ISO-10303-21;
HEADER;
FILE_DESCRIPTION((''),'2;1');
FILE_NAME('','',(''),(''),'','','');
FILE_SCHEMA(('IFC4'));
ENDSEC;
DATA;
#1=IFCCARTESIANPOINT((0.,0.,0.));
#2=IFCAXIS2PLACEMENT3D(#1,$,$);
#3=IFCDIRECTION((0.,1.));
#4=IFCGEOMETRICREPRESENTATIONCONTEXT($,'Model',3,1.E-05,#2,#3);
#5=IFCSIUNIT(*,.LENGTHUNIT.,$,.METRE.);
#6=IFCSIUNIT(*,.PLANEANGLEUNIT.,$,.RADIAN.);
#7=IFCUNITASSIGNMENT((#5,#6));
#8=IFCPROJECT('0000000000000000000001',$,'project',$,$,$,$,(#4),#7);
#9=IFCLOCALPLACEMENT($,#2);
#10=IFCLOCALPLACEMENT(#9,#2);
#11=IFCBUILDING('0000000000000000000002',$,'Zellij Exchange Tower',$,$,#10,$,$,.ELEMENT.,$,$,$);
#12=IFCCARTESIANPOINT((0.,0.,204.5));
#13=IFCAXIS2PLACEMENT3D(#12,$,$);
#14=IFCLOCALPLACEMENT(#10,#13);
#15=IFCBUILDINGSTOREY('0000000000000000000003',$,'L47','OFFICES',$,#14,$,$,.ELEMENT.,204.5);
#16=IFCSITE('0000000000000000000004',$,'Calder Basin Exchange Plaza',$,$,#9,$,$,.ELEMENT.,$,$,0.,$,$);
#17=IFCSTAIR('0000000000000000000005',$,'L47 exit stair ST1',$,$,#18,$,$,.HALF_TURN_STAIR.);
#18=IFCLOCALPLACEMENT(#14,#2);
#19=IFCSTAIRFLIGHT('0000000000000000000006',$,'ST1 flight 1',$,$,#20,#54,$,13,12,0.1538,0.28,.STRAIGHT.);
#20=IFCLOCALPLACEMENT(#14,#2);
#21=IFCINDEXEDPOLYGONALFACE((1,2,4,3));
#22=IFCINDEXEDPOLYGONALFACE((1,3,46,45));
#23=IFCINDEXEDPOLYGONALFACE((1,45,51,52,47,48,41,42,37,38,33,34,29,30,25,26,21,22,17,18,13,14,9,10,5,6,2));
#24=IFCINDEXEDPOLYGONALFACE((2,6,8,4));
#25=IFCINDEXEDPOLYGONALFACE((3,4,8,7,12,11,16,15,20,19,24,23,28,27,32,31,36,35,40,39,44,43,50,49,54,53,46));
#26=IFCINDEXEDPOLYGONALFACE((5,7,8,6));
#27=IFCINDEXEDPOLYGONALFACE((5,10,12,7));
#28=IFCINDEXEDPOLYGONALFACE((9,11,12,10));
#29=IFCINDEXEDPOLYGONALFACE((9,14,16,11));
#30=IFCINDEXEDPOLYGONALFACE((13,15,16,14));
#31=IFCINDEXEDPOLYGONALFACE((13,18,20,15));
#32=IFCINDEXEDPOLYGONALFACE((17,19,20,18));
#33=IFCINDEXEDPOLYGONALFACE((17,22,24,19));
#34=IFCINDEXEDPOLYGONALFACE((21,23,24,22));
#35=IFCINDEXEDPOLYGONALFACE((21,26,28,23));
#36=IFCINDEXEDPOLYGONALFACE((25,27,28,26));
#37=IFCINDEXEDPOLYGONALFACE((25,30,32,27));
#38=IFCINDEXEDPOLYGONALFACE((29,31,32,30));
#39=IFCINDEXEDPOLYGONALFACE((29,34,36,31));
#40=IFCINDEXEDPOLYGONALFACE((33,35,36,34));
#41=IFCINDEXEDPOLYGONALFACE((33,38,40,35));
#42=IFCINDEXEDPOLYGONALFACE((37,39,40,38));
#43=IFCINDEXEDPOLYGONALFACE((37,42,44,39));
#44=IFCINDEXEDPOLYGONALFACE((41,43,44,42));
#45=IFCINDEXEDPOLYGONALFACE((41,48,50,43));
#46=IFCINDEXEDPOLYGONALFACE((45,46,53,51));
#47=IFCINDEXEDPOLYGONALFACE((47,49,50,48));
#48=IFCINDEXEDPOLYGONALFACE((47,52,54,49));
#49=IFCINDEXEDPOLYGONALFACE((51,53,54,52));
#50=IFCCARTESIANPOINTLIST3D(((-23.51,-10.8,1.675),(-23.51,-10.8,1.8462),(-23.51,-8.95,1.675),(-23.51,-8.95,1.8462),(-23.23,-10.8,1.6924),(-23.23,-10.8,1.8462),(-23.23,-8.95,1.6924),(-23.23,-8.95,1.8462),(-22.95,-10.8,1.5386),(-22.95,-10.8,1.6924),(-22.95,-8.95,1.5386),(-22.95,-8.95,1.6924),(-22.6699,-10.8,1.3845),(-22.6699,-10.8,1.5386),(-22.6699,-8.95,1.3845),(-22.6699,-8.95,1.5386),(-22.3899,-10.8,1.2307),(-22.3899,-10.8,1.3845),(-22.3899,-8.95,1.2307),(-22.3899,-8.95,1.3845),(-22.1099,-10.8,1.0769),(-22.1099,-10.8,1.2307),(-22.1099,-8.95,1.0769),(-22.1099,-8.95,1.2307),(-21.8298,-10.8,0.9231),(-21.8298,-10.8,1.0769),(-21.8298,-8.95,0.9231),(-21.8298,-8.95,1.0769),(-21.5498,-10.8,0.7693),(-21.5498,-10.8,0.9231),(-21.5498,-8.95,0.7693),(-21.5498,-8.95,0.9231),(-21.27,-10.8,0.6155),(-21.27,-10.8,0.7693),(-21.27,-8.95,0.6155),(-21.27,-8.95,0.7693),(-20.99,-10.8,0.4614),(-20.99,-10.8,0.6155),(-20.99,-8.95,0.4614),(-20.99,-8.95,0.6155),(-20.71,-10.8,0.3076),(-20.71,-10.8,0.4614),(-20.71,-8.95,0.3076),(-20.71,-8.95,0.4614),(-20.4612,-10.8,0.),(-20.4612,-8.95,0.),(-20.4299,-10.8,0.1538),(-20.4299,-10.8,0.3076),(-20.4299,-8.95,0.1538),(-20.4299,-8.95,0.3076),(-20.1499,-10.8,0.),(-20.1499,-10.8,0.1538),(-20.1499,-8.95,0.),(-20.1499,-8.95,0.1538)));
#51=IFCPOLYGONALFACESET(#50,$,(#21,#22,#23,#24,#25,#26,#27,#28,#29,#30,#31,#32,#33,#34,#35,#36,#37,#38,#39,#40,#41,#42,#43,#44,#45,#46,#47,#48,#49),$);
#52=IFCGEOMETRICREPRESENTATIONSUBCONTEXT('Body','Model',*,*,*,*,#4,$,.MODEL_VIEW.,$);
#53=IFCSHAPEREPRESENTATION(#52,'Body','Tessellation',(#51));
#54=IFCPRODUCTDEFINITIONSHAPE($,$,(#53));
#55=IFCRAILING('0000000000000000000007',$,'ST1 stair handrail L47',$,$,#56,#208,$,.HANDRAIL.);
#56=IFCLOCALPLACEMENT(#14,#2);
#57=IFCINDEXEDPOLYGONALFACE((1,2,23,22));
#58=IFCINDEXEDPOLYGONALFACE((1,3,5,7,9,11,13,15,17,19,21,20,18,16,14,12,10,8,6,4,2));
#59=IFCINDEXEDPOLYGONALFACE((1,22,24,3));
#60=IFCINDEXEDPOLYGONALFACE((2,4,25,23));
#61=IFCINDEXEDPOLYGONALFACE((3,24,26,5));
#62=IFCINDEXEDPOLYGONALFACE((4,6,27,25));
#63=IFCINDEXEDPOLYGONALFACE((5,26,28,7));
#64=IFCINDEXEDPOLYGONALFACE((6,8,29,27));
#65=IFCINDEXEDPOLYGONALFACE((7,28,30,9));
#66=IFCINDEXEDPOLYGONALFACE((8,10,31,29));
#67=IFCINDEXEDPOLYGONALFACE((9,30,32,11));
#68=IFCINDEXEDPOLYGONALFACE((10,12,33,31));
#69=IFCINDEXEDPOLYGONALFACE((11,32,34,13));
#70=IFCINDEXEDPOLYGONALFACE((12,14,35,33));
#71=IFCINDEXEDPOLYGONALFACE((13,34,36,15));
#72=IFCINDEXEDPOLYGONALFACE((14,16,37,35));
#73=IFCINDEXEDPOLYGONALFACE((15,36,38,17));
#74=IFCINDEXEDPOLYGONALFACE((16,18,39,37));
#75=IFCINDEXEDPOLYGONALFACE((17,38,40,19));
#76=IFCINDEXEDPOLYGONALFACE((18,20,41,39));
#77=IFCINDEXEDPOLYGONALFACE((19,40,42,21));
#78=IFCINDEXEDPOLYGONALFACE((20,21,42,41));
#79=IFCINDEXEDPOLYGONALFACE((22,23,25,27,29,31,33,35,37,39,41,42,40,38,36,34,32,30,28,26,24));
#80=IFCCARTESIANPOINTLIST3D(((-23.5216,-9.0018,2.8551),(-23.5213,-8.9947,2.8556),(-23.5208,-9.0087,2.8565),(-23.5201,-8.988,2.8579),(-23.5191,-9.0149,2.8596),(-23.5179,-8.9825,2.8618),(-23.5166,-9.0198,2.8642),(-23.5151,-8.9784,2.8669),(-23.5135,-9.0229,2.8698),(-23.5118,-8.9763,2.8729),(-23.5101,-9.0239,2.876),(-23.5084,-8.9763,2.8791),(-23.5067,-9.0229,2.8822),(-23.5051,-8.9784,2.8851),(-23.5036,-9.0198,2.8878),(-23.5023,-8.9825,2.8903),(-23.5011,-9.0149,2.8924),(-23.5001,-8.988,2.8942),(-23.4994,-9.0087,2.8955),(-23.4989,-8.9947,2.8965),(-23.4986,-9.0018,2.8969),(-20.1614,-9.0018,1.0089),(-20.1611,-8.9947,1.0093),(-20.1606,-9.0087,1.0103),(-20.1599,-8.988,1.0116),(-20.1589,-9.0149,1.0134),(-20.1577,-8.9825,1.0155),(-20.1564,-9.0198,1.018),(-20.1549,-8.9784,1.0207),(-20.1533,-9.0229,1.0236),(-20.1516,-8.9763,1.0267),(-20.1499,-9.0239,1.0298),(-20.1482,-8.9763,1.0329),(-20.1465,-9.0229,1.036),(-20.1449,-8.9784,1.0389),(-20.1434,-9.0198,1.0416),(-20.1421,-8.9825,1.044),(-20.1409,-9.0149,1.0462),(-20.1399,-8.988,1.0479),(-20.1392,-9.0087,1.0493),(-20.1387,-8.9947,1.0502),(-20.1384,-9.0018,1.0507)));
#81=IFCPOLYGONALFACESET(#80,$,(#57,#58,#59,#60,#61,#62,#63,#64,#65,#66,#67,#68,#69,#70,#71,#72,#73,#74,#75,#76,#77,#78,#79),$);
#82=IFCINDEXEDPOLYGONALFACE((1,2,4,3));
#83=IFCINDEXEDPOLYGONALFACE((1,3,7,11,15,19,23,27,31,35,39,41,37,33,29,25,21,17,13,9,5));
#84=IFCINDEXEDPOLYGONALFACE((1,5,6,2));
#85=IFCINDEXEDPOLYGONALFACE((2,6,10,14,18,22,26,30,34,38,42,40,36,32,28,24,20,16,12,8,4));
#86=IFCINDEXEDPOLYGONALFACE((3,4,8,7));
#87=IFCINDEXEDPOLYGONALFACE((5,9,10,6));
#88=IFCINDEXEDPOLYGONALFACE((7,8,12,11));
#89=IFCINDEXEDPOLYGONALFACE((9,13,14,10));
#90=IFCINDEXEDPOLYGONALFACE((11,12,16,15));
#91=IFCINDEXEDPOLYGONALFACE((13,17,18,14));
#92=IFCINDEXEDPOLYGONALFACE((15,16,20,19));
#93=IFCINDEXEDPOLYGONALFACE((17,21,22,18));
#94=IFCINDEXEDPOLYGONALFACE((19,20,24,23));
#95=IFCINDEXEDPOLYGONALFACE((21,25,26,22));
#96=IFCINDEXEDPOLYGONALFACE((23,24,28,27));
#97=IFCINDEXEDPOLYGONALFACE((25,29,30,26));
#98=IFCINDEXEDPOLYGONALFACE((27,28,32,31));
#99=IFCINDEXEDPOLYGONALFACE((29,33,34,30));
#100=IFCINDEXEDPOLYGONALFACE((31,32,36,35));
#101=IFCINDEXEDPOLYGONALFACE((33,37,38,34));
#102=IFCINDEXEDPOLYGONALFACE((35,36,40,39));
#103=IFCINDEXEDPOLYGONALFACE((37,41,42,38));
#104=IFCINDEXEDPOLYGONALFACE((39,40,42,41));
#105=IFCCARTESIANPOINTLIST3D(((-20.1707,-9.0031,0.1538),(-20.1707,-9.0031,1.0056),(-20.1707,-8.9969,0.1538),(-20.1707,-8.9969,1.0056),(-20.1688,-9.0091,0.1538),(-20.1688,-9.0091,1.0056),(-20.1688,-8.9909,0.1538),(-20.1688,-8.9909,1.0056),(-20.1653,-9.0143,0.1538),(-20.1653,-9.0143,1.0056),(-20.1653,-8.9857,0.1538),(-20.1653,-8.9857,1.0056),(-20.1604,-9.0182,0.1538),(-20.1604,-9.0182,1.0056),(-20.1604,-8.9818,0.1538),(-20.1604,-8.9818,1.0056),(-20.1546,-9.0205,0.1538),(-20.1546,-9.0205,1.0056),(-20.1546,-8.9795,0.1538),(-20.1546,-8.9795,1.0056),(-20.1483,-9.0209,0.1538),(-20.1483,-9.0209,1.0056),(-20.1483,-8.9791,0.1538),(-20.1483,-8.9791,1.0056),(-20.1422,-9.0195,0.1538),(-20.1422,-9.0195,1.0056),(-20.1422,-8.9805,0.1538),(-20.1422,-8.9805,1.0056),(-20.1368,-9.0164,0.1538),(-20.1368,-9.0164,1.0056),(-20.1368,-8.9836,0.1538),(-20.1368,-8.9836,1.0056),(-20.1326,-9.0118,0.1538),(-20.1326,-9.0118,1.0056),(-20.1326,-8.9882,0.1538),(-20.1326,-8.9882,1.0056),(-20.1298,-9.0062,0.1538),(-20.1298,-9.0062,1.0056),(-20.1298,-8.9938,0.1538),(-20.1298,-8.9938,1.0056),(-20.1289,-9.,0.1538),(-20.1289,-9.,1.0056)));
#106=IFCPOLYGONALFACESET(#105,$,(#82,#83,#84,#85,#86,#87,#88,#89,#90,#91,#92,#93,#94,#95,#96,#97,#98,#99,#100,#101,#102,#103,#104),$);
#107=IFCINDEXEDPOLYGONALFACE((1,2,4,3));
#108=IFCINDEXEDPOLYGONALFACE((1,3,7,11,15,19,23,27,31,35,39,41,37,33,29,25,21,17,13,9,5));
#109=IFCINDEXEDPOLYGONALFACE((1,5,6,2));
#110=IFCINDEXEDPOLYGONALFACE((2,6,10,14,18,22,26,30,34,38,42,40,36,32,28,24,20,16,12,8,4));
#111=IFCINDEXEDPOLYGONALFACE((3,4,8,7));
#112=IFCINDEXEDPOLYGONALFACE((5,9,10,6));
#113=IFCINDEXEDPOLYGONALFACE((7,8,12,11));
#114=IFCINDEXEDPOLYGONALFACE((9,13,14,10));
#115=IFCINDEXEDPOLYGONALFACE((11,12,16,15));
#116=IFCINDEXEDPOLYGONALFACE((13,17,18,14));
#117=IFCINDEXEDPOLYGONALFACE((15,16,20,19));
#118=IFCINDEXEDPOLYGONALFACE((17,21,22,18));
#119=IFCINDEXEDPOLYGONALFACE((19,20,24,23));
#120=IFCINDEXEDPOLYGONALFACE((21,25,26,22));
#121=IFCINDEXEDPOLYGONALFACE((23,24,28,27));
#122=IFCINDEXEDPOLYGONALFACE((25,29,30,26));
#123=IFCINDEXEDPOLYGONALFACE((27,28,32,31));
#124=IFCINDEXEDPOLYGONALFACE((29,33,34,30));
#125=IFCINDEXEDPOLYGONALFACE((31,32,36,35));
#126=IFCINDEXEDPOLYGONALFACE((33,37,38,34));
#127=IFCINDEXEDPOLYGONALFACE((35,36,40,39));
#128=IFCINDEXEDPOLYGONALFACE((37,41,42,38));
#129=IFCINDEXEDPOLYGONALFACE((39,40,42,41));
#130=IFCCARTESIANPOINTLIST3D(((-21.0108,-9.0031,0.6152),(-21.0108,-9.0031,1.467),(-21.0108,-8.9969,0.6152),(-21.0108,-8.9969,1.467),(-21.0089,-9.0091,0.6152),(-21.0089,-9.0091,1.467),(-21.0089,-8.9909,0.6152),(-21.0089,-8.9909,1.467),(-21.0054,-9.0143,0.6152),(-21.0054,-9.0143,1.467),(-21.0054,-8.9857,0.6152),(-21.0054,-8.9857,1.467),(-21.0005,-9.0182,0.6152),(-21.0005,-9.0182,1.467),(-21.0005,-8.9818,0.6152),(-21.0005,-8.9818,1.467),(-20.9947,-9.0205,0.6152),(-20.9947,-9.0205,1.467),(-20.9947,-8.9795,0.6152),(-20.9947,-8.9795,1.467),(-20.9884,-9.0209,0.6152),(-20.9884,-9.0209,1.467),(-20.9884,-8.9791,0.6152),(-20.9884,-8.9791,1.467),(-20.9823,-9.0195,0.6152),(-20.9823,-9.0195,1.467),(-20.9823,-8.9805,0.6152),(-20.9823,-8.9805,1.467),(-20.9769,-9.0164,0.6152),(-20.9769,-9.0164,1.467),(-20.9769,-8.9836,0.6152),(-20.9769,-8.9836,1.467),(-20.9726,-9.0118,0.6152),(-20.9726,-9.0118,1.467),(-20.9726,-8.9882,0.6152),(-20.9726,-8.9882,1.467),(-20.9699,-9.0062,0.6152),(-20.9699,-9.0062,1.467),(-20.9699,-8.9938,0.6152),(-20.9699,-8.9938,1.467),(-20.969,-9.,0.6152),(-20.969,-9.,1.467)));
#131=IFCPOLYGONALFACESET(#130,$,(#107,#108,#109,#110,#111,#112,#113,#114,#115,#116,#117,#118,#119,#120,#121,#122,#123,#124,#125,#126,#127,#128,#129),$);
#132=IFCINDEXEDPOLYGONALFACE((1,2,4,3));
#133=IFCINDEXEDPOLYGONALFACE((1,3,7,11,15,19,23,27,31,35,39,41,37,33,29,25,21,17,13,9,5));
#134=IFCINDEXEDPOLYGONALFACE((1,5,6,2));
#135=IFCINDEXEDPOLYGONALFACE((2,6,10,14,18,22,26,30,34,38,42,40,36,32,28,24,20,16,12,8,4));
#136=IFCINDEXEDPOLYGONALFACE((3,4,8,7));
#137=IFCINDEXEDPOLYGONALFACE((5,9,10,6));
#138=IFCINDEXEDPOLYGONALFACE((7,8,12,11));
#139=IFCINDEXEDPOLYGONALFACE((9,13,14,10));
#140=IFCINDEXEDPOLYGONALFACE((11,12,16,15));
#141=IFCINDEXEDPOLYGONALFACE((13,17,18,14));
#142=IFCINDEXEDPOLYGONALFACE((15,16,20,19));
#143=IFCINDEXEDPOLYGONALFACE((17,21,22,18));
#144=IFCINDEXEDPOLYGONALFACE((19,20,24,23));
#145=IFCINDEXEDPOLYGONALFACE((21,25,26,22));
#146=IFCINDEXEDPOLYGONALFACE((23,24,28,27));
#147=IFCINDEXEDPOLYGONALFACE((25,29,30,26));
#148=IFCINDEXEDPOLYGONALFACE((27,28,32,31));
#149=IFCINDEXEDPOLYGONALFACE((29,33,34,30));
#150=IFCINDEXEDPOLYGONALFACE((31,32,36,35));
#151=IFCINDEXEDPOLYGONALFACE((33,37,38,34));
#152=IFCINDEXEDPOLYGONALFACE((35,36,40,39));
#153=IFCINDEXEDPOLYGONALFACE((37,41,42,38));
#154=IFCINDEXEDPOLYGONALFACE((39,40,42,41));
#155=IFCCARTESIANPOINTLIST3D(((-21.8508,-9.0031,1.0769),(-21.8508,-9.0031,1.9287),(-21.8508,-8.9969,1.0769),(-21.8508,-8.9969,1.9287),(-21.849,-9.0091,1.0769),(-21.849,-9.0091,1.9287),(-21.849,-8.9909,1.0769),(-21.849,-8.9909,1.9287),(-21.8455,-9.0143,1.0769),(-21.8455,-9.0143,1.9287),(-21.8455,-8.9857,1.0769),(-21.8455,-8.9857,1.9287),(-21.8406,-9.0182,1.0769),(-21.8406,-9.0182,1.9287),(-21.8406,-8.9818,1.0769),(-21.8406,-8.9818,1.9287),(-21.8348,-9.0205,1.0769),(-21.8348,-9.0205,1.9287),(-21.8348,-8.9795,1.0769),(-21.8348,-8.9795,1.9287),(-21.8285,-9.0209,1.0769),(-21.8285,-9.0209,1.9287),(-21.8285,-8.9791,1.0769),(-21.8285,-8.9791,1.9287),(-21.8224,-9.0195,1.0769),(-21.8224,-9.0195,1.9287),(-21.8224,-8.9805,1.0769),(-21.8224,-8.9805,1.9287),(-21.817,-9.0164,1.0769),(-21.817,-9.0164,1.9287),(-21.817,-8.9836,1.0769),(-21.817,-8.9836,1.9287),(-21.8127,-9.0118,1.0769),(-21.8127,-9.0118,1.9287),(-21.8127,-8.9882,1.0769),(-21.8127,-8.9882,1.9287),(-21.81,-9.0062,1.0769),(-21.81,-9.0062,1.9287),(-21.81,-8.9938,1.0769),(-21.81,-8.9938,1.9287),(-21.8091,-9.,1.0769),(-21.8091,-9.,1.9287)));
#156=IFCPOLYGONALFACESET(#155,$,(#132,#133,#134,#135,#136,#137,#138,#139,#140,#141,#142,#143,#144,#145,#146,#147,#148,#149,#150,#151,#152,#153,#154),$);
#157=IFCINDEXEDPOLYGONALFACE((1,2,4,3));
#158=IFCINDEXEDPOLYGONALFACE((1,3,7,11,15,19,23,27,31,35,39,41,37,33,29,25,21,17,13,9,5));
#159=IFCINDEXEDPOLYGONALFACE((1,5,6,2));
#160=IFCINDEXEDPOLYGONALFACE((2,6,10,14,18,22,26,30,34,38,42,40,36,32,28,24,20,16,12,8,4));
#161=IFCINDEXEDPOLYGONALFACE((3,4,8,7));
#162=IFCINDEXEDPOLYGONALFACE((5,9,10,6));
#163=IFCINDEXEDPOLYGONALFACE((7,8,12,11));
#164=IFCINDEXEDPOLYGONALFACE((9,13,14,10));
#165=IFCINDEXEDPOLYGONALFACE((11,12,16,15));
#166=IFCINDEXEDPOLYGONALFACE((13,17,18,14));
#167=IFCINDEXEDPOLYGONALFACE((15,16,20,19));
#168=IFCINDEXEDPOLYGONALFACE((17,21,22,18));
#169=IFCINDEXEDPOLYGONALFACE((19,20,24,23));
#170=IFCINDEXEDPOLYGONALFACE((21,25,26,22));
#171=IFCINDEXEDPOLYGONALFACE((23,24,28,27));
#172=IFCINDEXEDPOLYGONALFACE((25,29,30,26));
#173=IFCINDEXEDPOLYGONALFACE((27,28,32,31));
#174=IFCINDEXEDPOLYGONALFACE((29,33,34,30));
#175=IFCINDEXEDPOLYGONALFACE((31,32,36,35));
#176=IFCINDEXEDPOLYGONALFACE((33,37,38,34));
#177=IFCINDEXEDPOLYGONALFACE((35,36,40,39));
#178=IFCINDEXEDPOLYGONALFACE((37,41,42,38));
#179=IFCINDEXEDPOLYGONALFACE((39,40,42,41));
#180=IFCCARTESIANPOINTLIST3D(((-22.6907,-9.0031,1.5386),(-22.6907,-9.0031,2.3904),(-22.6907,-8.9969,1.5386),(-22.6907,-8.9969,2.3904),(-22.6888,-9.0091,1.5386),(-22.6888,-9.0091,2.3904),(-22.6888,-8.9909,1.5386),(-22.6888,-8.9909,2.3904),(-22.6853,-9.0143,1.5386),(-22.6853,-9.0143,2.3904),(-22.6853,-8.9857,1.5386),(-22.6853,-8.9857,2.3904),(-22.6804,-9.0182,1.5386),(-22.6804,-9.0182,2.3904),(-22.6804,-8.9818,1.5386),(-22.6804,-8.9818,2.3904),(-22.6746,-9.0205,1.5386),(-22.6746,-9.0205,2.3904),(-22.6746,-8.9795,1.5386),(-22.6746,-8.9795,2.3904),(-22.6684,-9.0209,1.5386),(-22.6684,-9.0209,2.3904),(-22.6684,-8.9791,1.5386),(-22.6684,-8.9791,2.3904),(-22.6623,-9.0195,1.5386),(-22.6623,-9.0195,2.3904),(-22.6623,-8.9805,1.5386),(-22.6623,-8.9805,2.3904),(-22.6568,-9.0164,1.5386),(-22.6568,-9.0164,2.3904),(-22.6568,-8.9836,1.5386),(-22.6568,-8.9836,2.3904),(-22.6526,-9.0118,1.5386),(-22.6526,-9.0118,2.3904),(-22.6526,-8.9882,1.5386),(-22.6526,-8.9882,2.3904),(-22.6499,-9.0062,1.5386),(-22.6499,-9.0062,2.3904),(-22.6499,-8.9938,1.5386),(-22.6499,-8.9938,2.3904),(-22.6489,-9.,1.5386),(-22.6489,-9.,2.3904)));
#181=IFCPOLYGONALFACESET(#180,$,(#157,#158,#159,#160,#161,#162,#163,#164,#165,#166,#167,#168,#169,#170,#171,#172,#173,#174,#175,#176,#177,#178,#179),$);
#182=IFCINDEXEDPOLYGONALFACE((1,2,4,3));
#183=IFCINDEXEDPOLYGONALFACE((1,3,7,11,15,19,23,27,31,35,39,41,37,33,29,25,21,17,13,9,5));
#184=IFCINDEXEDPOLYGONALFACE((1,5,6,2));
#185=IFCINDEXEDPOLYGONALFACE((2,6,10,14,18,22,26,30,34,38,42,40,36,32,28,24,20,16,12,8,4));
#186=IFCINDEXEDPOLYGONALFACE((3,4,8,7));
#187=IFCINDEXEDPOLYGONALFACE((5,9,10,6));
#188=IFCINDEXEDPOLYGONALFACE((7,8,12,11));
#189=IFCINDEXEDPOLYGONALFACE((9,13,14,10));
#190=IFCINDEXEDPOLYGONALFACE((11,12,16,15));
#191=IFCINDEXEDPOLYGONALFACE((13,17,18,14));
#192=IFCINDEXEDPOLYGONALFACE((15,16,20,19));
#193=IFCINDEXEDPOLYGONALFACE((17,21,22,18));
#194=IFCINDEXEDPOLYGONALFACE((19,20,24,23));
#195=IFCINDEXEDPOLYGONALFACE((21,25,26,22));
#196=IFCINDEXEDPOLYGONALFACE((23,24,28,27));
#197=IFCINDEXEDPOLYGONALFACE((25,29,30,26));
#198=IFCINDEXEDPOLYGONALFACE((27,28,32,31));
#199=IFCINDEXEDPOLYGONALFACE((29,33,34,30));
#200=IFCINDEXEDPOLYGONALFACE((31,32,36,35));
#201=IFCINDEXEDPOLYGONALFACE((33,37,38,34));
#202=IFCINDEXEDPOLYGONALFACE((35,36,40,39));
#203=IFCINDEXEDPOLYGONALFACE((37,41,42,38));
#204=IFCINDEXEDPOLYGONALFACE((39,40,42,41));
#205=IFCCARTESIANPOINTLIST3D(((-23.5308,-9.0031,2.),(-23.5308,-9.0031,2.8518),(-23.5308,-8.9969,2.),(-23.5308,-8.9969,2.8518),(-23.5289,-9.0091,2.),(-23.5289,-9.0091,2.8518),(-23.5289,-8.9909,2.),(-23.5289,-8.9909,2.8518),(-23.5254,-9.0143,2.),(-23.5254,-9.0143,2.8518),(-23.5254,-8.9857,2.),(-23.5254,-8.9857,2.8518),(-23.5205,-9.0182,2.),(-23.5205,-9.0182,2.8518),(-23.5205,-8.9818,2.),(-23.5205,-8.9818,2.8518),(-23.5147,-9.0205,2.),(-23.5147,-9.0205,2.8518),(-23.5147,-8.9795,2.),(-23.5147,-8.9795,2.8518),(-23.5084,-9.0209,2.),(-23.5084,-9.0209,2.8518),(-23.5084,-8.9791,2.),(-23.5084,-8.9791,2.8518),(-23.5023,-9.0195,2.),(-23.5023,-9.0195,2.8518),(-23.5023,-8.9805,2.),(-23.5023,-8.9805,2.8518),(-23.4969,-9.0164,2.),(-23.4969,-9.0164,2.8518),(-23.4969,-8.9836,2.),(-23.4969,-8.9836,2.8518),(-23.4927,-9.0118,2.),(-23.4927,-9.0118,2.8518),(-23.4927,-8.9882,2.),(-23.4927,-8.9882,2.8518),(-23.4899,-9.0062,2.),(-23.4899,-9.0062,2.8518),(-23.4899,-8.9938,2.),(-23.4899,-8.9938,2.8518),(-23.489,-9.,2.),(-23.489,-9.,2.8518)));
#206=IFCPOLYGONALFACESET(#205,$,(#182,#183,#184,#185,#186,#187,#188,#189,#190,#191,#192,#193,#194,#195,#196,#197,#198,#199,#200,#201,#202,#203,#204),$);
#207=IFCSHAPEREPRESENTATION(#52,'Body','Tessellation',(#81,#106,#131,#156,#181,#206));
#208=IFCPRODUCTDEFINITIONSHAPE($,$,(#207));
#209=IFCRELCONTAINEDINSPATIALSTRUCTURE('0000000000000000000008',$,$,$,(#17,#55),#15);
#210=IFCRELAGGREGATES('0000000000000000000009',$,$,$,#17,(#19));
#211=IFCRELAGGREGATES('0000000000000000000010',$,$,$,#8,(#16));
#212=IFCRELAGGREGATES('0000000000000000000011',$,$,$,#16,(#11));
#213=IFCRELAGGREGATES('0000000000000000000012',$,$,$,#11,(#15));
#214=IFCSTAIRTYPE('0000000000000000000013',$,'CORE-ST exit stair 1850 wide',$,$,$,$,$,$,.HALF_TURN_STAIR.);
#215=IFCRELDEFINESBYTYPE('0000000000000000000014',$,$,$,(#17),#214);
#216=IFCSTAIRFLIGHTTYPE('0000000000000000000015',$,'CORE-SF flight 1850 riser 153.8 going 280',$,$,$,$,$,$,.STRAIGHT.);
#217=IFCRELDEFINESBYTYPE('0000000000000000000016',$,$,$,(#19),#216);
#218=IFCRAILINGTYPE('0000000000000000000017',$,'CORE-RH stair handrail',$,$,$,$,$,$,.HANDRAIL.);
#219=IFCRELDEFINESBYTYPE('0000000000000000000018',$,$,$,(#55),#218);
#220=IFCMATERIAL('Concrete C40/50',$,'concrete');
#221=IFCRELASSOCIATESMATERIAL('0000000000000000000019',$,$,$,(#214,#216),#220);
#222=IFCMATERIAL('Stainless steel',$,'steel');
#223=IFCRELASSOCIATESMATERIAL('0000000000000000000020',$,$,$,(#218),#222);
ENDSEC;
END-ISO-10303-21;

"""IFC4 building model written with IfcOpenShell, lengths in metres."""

from ifc_helpers import new_model, si_unit, direction, frame, origin, origin_2d, place, context, subcontext, project, spatial, polyline, circle, outline, extrude, material, type_object, element, aggregate, save


model = new_model("IFC4")

# Units and contexts
model_context = context("Model", 3, precision=1e-05, world=origin(), true_north=direction((0.0, 1.0)))
body_context = subcontext(model_context, "Body", "Model", "MODEL_VIEW")
ifc_project = project(units=[si_unit("LENGTHUNIT", "METRE"), si_unit("PLANEANGLEUNIT", "RADIAN")], contexts=[model_context])

# Site, building, storey
site_placement = place(None, origin())
site = spatial("IfcSite", under=ifc_project, at=site_placement, Name="Calder Basin Exchange Plaza", CompositionType="ELEMENT", RefElevation=0.0)
building_placement = place(site_placement, origin())
building = spatial("IfcBuilding", under=site, at=building_placement, Name="Zellij Exchange Tower", CompositionType="ELEMENT")
storey_placement = place(building_placement, frame((0.0, 0.0, 204.5)))
storey = spatial("IfcBuildingStorey", under=building, at=storey_placement, Name="L47", Description="OFFICES", CompositionType="ELEMENT", Elevation=204.5)

# Stair, stair flight
ifc_material_1 = material(Name="Concrete C40/50", Category="concrete")
stair_type = type_object("IfcStairType", Name="CORE-ST exit stair 1850 wide", PredefinedType="HALF_TURN_STAIR", material=ifc_material_1)
stair_placement = place(storey_placement, origin())
stair = element("IfcStair", 1, at=stair_placement, inside=storey, type_object=stair_type, Name="L47 exit stair ST1", PredefinedType="HALF_TURN_STAIR")
stair_flight_type = type_object("IfcStairFlightType", Name="CORE-SF flight 1850 riser 153.8 going 280", PredefinedType="STRAIGHT", material=ifc_material_1)
stair_flight_placement = place(storey_placement, frame((-20.1499, -9.875, 0.0), z_axis=(0.0, 0.0, 1.0), x_axis=(-1.0, 0.0, 0.0)))
stair_flight = element("IfcStairFlight", 2, at=stair_flight_placement, type_object=stair_flight_type, Name="ST1 flight 1", NumberOfRisers=13, NumberOfTreads=12, PredefinedType="STRAIGHT", RiserHeight=0.1538, TreadLength=0.28, context=body_context, shape_type="SweptSolid", body=[
    extrude(outline(polyline([(0.0, 0.0), (0.0, 0.1538), (0.28, 0.1538), (0.28, 0.3076), (0.5601, 0.3076), (0.5601, 0.4614), (0.8401, 0.4614), (0.8401, 0.6155), (1.1201, 0.6155), (1.1201, 0.7693), (1.3999, 0.7693), (1.3999, 0.9231), (1.6799, 0.9231), (1.6799, 1.0769), (1.96, 1.0769), (1.96, 1.2307), (2.24, 1.2307), (2.24, 1.3845), (2.52, 1.3845), (2.52, 1.5386), (2.8, 1.5386), (2.8, 1.6924), (3.0801, 1.6924), (3.0801, 1.8462), (3.3601, 1.8462), (3.3601, 2.0), (3.3601, 1.675), (0.3113, 0.0), (0.0, 0.0)])), frame((0.0, 0.925, 0.0), z_axis=(0.0, -1.0, 0.0), x_axis=(1.0, 0.0, 0.0)), (0.0, 0.0, 1.0), 1.8501),
])
aggregate(stair, [stair_flight])

# Railing
ifc_material_2 = material(Name="Stainless steel", Category="steel")
railing_type_1 = type_object("IfcRailingType", Name="CORE-RH stair handrail", PredefinedType="HANDRAIL", material=ifc_material_2)
railing_1_placement = place(storey_placement, frame((-20.1499, -9.0, 0.1538)))
element("IfcRailing", 3, at=railing_1_placement, inside=storey, type_object=railing_type_1, Name="ST1 stair handrail L47", PredefinedType="HANDRAIL", context=body_context, shape_type="SweptSolid", body=[
    extrude(circle(Radius=0.0239, at=origin_2d()), frame((0.0, 0.0, 0.876), z_axis=(-0.876422, 0.0, 0.481545), x_axis=(0.0, -1.0, 0.0)), (0.0, 0.0, 1.0), 3.834),
    extrude(circle(Radius=0.021, at=origin_2d()), origin(), (0.0, 0.0, 1.0), 0.8518),
    extrude(circle(Radius=0.021, at=origin_2d()), frame((-0.8401, 0.0, 0.4614)), (0.0, 0.0, 1.0), 0.8518),
    extrude(circle(Radius=0.021, at=origin_2d()), frame((-1.6802, 0.0, 0.9231)), (0.0, 0.0, 1.0), 0.8518),
    extrude(circle(Radius=0.021, at=origin_2d()), frame((-2.52, 0.0, 1.3848)), (0.0, 0.0, 1.0), 0.8518),
    extrude(circle(Radius=0.021, at=origin_2d()), frame((-3.3601, 0.0, 1.8462)), (0.0, 0.0, 1.0), 0.8518),
])

save(model, "model.ifc")
